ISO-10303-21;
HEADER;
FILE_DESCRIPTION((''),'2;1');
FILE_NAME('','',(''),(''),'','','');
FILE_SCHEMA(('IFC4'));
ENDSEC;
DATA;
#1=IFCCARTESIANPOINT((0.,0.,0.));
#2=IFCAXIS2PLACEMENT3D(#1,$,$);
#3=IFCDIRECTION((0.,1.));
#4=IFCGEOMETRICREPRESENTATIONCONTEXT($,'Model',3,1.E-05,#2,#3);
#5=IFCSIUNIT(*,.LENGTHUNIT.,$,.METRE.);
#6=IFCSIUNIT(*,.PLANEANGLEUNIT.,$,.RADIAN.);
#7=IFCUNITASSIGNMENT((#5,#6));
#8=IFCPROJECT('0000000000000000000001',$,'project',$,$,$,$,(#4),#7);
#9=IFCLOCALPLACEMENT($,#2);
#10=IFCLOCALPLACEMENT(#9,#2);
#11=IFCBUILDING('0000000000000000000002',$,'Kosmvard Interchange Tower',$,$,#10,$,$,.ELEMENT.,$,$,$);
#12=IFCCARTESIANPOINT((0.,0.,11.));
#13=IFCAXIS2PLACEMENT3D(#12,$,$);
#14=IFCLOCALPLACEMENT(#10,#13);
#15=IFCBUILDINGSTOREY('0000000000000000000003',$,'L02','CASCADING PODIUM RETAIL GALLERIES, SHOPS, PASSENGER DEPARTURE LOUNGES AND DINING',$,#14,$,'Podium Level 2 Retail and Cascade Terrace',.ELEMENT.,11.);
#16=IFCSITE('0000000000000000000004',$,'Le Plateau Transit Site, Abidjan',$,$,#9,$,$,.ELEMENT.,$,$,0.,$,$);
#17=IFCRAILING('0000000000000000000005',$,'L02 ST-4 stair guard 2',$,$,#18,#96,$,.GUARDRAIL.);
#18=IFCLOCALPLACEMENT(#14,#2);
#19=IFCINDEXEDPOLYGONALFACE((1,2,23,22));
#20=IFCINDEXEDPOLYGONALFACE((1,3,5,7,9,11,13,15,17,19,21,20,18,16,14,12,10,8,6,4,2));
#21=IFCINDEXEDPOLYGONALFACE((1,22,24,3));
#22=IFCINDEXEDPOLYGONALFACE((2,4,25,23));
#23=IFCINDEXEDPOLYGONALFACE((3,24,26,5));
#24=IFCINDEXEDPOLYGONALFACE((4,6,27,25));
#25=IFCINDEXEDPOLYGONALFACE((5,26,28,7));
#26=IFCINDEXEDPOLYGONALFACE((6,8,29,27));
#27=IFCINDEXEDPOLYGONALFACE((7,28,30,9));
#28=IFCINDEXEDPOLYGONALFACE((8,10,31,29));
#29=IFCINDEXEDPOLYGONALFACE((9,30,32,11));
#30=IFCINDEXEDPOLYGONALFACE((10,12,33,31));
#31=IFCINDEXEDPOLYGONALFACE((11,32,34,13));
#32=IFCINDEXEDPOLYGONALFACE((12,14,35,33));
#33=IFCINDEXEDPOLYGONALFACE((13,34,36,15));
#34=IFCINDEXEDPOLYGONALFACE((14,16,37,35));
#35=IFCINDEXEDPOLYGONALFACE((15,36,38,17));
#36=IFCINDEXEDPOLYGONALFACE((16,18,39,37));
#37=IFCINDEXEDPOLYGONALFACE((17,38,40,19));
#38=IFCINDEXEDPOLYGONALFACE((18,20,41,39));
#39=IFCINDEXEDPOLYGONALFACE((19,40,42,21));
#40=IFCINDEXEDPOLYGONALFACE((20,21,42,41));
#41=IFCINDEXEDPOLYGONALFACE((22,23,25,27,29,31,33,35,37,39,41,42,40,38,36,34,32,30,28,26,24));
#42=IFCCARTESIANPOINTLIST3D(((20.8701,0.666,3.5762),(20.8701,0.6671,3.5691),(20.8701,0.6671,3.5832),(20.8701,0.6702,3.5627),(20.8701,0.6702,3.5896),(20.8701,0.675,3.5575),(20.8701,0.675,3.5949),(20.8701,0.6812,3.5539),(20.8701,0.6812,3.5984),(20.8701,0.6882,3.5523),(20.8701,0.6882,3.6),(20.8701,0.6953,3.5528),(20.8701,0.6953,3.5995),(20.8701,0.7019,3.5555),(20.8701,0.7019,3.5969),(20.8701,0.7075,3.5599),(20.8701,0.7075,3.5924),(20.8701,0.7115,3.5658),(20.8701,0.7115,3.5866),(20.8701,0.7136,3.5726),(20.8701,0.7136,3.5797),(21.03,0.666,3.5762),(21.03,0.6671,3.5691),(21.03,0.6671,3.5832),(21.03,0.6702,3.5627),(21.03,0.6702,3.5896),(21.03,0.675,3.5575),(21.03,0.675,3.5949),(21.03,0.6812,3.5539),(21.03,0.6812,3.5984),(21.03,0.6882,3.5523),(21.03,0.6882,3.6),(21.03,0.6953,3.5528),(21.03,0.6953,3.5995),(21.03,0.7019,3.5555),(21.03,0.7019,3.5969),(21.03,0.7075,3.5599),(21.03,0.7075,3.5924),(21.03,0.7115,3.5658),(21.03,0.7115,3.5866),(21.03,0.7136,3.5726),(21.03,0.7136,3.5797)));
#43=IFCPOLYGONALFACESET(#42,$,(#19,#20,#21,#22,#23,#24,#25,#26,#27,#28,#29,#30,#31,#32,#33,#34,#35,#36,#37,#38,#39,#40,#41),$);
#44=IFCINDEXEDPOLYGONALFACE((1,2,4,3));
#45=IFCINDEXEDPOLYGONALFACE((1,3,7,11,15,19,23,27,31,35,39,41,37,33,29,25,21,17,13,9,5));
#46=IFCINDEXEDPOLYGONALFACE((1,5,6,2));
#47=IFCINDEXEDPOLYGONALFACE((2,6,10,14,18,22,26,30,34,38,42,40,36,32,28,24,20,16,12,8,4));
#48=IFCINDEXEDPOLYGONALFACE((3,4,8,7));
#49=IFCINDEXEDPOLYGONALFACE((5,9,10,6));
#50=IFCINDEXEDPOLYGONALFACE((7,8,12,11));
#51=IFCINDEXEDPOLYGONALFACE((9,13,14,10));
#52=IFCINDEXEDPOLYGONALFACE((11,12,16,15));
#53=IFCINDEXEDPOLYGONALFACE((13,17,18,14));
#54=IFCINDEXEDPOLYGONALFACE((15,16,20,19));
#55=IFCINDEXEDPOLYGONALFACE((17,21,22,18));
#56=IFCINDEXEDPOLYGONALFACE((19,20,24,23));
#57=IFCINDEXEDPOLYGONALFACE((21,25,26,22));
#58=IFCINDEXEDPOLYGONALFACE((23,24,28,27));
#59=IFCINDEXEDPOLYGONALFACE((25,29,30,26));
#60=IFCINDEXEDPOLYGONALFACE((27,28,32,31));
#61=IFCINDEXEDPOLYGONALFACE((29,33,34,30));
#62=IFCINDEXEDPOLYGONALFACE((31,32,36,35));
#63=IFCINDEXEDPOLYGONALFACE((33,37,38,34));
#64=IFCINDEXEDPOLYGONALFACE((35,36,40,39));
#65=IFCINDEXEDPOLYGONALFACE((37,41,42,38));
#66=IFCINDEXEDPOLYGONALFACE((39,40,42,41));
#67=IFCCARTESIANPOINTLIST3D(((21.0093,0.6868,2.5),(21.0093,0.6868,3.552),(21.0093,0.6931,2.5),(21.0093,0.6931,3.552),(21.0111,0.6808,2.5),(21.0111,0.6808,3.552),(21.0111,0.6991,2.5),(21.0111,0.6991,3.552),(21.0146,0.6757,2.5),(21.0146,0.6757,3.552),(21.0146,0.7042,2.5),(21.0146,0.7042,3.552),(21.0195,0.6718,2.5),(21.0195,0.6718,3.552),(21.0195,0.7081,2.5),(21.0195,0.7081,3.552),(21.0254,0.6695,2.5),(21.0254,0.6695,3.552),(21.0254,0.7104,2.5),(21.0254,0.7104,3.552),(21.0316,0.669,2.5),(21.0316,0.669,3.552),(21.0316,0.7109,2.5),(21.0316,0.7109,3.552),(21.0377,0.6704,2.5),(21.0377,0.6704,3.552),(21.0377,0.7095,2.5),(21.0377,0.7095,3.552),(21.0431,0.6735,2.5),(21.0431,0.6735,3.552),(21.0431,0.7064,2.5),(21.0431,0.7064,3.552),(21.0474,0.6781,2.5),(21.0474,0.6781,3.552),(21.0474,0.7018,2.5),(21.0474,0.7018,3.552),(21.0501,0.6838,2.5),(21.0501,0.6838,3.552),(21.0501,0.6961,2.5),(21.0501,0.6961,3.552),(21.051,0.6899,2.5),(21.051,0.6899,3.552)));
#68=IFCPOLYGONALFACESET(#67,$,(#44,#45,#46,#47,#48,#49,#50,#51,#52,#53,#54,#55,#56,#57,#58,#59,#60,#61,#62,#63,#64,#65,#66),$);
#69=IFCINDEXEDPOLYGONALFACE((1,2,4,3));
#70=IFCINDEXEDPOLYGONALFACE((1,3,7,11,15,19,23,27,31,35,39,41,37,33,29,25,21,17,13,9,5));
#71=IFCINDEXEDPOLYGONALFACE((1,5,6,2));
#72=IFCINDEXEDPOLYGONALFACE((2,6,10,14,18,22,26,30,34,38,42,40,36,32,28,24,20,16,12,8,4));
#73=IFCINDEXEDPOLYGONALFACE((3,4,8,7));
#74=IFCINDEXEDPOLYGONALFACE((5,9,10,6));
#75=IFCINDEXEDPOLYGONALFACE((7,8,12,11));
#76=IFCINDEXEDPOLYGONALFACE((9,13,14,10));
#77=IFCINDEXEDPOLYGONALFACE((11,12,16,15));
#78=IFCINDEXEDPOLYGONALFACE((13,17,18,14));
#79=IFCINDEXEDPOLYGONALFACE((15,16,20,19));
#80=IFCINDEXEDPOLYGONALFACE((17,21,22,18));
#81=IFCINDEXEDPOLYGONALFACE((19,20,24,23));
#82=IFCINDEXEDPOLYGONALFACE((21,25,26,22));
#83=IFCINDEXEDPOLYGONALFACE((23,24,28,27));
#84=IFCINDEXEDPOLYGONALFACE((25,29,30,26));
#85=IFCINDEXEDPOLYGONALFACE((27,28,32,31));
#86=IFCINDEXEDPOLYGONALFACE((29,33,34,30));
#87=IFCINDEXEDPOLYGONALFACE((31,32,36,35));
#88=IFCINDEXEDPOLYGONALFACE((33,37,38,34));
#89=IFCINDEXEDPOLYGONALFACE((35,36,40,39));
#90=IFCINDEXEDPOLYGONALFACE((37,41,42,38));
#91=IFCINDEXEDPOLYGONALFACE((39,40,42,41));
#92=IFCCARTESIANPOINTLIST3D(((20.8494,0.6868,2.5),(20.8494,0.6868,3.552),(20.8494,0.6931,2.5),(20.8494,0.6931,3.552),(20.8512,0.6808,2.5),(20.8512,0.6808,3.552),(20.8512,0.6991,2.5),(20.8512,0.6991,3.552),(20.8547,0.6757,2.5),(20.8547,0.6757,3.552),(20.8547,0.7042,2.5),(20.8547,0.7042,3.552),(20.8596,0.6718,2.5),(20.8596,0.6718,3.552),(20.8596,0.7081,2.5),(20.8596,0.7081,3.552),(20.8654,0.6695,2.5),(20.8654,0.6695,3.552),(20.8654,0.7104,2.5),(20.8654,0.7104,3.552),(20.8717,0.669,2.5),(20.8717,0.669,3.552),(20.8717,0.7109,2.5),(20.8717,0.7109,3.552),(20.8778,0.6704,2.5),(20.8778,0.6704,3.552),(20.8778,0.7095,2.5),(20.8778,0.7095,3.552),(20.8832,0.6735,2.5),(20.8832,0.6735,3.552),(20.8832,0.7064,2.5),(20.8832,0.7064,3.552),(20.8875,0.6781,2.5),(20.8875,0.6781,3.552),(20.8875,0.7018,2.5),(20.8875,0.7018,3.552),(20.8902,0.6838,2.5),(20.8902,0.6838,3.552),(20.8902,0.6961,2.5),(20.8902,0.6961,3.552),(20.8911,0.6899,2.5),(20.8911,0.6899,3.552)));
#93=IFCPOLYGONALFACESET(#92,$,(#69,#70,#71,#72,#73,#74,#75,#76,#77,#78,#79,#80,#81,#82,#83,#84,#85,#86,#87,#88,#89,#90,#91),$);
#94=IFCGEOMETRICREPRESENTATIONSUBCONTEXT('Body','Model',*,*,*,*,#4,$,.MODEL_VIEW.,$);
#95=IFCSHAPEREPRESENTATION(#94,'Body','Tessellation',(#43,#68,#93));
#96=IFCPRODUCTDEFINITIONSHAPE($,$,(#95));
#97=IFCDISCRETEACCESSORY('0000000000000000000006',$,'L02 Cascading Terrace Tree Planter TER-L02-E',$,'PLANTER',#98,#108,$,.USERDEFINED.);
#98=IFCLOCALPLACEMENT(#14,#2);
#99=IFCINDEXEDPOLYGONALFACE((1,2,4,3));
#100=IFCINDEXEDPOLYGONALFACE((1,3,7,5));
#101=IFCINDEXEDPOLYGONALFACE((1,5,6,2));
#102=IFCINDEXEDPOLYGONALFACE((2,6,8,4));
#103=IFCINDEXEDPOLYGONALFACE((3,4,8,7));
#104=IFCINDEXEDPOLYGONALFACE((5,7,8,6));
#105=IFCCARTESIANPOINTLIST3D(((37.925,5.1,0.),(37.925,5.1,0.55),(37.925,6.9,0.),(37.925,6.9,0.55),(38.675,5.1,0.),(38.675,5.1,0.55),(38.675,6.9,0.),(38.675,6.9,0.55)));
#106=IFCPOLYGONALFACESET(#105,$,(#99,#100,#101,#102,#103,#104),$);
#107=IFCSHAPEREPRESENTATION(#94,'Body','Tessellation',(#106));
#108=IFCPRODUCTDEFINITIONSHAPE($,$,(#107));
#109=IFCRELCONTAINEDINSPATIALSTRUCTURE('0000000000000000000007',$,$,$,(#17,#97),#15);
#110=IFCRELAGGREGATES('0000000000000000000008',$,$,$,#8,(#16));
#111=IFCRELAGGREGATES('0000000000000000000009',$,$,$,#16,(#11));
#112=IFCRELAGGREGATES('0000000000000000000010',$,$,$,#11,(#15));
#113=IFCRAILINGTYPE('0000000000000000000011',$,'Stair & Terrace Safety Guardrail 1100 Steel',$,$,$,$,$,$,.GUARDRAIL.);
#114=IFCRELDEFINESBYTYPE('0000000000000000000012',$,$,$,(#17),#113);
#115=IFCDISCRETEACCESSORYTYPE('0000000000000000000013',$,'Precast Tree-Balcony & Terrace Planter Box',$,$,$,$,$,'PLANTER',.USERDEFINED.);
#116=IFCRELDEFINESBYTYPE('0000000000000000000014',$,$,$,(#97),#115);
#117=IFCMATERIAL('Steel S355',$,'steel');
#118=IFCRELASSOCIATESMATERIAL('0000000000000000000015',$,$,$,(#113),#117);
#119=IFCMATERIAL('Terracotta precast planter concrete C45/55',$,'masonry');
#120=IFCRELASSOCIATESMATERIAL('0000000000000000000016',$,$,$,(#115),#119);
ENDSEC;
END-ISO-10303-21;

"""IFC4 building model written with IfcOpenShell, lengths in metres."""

from ifc_helpers import new_model, si_unit, direction, frame, origin, origin_2d, place, context, subcontext, project, spatial, rectangle, circle, extrude, source, transform, mapped, material, type_object, element, save


model = new_model("IFC4")

# Units and contexts
model_context = context("Model", 3, precision=1e-05, world=origin(), true_north=direction((0.0, 1.0)))
body_context = subcontext(model_context, "Body", "Model", "MODEL_VIEW")
ifc_project = project(units=[si_unit("LENGTHUNIT", "METRE"), si_unit("PLANEANGLEUNIT", "RADIAN")], contexts=[model_context])

# Site, building, storey
site_placement = place(None, origin())
site = spatial("IfcSite", under=ifc_project, at=site_placement, Name="Le Plateau Transit Site, Abidjan", CompositionType="ELEMENT", RefElevation=0.0)
building_placement = place(site_placement, origin())
building = spatial("IfcBuilding", under=site, at=building_placement, Name="Kosmvard Interchange Tower", CompositionType="ELEMENT")
storey_placement = place(building_placement, frame((0.0, 0.0, 11.0)))
storey = spatial("IfcBuildingStorey", under=building, at=storey_placement, Name="L02", Description="CASCADING PODIUM RETAIL GALLERIES, SHOPS, PASSENGER DEPARTURE LOUNGES AND DINING", LongName="Podium Level 2 Retail and Cascade Terrace", CompositionType="ELEMENT", Elevation=11.0)

# Shared definitions
ifc_material_1 = material(Name="Steel S355", Category="steel")

# Railing
railing_type_1 = type_object("IfcRailingType", Name="Stair & Terrace Safety Guardrail 1100 Steel", PredefinedType="GUARDRAIL", material=ifc_material_1)
shared_shape_1 = source(origin(), body_context, "Body", "SweptSolid", [
    extrude(circle(Radius=0.0239, at=origin_2d()), frame((0.0, 0.0, 1.0762), z_axis=(-1.0, 0.0, 0.0), x_axis=(0.0, -1.0, 0.0)), (0.0, 0.0, 1.0), 0.1599),
    extrude(circle(Radius=0.021, at=origin_2d()), origin(), (0.0, 0.0, 1.0), 1.052),
    extrude(circle(Radius=0.021, at=origin_2d()), frame((-0.1599, 0.0, 0.0)), (0.0, 0.0, 1.0), 1.052),
])
railing_1_placement = place(storey_placement, frame((21.03, 0.6899, 2.5)))
element("IfcRailing", 1, at=railing_1_placement, inside=storey, type_object=railing_type_1, Name="L02 ST-4 stair guard 2", PredefinedType="GUARDRAIL", context=body_context, shape_type="MappedRepresentation", body=[
    mapped(shared_shape_1, transform((0.0, 0.0, 0.0), scale=1.0)),
])

# Discrete accessory
ifc_material_2 = material(Name="Terracotta precast planter concrete C45/55", Category="masonry")
discrete_accessory_type = type_object("IfcDiscreteAccessoryType", Name="Precast Tree-Balcony & Terrace Planter Box", ElementType="PLANTER", PredefinedType="USERDEFINED", material=ifc_material_2)
shared_shape_2 = source(origin(), body_context, "Body", "SweptSolid", [
    extrude(rectangle(XDim=0.75, YDim=1.8, at=origin_2d()), origin(), (0.0, 0.0, 1.0), 0.55),
])
discrete_accessory_placement = place(storey_placement, frame((38.3, 6.0, 0.0), z_axis=(0.0, 0.0, 1.0), x_axis=(1.0, 0.0, 0.0)))
element("IfcDiscreteAccessory", 2, at=discrete_accessory_placement, inside=storey, type_object=discrete_accessory_type, Name="L02 Cascading Terrace Tree Planter TER-L02-E", ObjectType="PLANTER", PredefinedType="USERDEFINED", context=body_context, shape_type="MappedRepresentation", body=[
    mapped(shared_shape_2, transform((0.0, 0.0, 0.0), scale=1.0)),
])

save(model, "model.ifc")
